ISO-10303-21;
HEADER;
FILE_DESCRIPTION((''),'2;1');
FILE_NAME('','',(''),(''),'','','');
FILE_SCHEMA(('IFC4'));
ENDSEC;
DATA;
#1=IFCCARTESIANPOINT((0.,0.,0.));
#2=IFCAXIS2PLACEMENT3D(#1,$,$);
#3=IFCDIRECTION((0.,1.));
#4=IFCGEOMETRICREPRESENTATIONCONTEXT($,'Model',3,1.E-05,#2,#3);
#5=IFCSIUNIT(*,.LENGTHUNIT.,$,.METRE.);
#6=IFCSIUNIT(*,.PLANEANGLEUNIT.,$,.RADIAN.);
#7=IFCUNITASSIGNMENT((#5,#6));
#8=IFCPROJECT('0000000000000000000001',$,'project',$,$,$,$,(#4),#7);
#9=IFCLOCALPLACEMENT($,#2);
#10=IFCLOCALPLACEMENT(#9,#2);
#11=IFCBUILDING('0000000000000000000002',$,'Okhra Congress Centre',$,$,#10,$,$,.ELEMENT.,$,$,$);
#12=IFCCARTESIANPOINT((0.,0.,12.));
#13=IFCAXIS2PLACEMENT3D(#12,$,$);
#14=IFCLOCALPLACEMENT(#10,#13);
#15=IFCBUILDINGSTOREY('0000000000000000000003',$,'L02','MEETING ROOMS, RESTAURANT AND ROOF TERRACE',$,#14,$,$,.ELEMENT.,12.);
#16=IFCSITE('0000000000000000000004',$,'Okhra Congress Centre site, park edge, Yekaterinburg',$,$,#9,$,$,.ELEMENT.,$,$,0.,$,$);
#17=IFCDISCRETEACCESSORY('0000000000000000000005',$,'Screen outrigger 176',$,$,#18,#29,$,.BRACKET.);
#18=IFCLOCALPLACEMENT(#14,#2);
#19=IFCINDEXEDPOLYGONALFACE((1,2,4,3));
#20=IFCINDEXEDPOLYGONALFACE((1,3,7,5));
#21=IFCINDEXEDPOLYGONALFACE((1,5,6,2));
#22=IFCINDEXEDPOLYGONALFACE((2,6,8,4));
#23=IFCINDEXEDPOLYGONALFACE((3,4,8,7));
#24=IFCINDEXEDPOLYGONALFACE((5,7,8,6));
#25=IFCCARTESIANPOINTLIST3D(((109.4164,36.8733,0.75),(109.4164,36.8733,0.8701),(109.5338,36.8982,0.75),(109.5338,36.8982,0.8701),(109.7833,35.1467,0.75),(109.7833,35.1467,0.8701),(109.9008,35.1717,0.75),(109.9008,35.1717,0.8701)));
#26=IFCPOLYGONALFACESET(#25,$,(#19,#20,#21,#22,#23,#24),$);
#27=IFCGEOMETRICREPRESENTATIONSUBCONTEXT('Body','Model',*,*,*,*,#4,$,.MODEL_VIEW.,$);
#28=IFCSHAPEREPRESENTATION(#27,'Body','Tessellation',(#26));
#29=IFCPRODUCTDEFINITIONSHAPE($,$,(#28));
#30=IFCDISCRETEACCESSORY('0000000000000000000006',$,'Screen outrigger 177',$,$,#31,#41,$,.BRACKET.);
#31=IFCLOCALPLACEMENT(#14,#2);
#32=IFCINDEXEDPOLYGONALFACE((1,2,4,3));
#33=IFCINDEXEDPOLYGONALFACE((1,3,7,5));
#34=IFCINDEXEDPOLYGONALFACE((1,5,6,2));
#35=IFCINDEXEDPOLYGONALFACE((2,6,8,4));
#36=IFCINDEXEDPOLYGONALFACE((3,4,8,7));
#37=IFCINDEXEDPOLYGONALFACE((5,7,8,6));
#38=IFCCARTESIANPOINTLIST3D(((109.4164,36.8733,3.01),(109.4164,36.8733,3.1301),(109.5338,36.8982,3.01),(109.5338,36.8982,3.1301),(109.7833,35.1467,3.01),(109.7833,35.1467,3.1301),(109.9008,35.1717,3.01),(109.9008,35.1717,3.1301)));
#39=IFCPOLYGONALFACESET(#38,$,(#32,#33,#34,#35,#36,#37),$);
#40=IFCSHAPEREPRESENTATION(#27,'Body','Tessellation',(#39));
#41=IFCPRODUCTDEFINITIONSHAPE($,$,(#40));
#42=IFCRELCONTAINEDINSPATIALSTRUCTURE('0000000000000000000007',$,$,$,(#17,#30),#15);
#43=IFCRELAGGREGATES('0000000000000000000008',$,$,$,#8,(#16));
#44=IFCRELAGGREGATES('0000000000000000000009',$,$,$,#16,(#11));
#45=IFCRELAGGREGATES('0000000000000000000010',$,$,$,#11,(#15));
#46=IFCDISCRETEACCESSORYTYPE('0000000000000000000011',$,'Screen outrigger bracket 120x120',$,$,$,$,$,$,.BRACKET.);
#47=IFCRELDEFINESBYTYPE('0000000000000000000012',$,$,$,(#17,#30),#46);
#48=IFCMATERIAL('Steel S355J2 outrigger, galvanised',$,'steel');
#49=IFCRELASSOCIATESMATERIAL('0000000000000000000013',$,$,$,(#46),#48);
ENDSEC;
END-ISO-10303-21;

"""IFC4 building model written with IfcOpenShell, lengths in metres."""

from ifc_helpers import new_model, si_unit, direction, frame, origin, origin_2d, place, context, subcontext, project, spatial, rectangle, extrude, material, material_profile, profile_set, type_object, element, save


model = new_model("IFC4")

# Units and contexts
model_context = context("Model", 3, precision=1e-05, world=origin(), true_north=direction((0.0, 1.0)))
body_context = subcontext(model_context, "Body", "Model", "MODEL_VIEW")
ifc_project = project(units=[si_unit("LENGTHUNIT", "METRE"), si_unit("PLANEANGLEUNIT", "RADIAN")], contexts=[model_context])

# Site, building, storey
site_placement = place(None, origin())
site = spatial("IfcSite", under=ifc_project, at=site_placement, Name="Okhra Congress Centre site, park edge, Yekaterinburg", CompositionType="ELEMENT", RefElevation=0.0)
building_placement = place(site_placement, origin())
building = spatial("IfcBuilding", under=site, at=building_placement, Name="Okhra Congress Centre", CompositionType="ELEMENT")
storey_placement = place(building_placement, frame((0.0, 0.0, 12.0)))
storey = spatial("IfcBuildingStorey", under=building, at=storey_placement, Name="L02", Description="MEETING ROOMS, RESTAURANT AND ROOF TERRACE", CompositionType="ELEMENT", Elevation=12.0)

# Discrete accessories
ifc_material_1 = material(Name="Steel S355J2 outrigger, galvanised", Category="steel")
ifc_material_profile_1 = material_profile(ifc_material_1, rectangle(XDim=0.1201, YDim=0.1201, at=origin_2d()), Name="Screen outrigger bracket 120x120")
ifc_profile_set_1 = profile_set([ifc_material_profile_1], Name="Steel S355J2 outrigger, galvanised")
discrete_accessory_type = type_object("IfcDiscreteAccessoryType", Name="Screen outrigger bracket 120x120", PredefinedType="BRACKET", material=ifc_profile_set_1)
for number, where, z_axis, x_axis, name in (
    (1, (109.4751, 36.8857, 0.8101), (0.207885, -0.978153, 0.0), (0.978153, 0.207885, 0.0), "Screen outrigger 176"),
    (2, (109.4751, 36.8857, 3.0701), (0.207885, -0.978153, 0.0), (0.978153, 0.207885, 0.0), "Screen outrigger 177"),
):
    element("IfcDiscreteAccessory", number, at=place(storey_placement, frame(where, z_axis=z_axis, x_axis=x_axis)), inside=storey, type_object=discrete_accessory_type, Name=name, PredefinedType="BRACKET", context=body_context, shape_type="SweptSolid", body=[
        extrude(rectangle(XDim=0.1201, YDim=0.1201, at=origin_2d()), origin(), (0.0, 0.0, 1.0), 1.7651),
    ])

save(model, "model.ifc")
